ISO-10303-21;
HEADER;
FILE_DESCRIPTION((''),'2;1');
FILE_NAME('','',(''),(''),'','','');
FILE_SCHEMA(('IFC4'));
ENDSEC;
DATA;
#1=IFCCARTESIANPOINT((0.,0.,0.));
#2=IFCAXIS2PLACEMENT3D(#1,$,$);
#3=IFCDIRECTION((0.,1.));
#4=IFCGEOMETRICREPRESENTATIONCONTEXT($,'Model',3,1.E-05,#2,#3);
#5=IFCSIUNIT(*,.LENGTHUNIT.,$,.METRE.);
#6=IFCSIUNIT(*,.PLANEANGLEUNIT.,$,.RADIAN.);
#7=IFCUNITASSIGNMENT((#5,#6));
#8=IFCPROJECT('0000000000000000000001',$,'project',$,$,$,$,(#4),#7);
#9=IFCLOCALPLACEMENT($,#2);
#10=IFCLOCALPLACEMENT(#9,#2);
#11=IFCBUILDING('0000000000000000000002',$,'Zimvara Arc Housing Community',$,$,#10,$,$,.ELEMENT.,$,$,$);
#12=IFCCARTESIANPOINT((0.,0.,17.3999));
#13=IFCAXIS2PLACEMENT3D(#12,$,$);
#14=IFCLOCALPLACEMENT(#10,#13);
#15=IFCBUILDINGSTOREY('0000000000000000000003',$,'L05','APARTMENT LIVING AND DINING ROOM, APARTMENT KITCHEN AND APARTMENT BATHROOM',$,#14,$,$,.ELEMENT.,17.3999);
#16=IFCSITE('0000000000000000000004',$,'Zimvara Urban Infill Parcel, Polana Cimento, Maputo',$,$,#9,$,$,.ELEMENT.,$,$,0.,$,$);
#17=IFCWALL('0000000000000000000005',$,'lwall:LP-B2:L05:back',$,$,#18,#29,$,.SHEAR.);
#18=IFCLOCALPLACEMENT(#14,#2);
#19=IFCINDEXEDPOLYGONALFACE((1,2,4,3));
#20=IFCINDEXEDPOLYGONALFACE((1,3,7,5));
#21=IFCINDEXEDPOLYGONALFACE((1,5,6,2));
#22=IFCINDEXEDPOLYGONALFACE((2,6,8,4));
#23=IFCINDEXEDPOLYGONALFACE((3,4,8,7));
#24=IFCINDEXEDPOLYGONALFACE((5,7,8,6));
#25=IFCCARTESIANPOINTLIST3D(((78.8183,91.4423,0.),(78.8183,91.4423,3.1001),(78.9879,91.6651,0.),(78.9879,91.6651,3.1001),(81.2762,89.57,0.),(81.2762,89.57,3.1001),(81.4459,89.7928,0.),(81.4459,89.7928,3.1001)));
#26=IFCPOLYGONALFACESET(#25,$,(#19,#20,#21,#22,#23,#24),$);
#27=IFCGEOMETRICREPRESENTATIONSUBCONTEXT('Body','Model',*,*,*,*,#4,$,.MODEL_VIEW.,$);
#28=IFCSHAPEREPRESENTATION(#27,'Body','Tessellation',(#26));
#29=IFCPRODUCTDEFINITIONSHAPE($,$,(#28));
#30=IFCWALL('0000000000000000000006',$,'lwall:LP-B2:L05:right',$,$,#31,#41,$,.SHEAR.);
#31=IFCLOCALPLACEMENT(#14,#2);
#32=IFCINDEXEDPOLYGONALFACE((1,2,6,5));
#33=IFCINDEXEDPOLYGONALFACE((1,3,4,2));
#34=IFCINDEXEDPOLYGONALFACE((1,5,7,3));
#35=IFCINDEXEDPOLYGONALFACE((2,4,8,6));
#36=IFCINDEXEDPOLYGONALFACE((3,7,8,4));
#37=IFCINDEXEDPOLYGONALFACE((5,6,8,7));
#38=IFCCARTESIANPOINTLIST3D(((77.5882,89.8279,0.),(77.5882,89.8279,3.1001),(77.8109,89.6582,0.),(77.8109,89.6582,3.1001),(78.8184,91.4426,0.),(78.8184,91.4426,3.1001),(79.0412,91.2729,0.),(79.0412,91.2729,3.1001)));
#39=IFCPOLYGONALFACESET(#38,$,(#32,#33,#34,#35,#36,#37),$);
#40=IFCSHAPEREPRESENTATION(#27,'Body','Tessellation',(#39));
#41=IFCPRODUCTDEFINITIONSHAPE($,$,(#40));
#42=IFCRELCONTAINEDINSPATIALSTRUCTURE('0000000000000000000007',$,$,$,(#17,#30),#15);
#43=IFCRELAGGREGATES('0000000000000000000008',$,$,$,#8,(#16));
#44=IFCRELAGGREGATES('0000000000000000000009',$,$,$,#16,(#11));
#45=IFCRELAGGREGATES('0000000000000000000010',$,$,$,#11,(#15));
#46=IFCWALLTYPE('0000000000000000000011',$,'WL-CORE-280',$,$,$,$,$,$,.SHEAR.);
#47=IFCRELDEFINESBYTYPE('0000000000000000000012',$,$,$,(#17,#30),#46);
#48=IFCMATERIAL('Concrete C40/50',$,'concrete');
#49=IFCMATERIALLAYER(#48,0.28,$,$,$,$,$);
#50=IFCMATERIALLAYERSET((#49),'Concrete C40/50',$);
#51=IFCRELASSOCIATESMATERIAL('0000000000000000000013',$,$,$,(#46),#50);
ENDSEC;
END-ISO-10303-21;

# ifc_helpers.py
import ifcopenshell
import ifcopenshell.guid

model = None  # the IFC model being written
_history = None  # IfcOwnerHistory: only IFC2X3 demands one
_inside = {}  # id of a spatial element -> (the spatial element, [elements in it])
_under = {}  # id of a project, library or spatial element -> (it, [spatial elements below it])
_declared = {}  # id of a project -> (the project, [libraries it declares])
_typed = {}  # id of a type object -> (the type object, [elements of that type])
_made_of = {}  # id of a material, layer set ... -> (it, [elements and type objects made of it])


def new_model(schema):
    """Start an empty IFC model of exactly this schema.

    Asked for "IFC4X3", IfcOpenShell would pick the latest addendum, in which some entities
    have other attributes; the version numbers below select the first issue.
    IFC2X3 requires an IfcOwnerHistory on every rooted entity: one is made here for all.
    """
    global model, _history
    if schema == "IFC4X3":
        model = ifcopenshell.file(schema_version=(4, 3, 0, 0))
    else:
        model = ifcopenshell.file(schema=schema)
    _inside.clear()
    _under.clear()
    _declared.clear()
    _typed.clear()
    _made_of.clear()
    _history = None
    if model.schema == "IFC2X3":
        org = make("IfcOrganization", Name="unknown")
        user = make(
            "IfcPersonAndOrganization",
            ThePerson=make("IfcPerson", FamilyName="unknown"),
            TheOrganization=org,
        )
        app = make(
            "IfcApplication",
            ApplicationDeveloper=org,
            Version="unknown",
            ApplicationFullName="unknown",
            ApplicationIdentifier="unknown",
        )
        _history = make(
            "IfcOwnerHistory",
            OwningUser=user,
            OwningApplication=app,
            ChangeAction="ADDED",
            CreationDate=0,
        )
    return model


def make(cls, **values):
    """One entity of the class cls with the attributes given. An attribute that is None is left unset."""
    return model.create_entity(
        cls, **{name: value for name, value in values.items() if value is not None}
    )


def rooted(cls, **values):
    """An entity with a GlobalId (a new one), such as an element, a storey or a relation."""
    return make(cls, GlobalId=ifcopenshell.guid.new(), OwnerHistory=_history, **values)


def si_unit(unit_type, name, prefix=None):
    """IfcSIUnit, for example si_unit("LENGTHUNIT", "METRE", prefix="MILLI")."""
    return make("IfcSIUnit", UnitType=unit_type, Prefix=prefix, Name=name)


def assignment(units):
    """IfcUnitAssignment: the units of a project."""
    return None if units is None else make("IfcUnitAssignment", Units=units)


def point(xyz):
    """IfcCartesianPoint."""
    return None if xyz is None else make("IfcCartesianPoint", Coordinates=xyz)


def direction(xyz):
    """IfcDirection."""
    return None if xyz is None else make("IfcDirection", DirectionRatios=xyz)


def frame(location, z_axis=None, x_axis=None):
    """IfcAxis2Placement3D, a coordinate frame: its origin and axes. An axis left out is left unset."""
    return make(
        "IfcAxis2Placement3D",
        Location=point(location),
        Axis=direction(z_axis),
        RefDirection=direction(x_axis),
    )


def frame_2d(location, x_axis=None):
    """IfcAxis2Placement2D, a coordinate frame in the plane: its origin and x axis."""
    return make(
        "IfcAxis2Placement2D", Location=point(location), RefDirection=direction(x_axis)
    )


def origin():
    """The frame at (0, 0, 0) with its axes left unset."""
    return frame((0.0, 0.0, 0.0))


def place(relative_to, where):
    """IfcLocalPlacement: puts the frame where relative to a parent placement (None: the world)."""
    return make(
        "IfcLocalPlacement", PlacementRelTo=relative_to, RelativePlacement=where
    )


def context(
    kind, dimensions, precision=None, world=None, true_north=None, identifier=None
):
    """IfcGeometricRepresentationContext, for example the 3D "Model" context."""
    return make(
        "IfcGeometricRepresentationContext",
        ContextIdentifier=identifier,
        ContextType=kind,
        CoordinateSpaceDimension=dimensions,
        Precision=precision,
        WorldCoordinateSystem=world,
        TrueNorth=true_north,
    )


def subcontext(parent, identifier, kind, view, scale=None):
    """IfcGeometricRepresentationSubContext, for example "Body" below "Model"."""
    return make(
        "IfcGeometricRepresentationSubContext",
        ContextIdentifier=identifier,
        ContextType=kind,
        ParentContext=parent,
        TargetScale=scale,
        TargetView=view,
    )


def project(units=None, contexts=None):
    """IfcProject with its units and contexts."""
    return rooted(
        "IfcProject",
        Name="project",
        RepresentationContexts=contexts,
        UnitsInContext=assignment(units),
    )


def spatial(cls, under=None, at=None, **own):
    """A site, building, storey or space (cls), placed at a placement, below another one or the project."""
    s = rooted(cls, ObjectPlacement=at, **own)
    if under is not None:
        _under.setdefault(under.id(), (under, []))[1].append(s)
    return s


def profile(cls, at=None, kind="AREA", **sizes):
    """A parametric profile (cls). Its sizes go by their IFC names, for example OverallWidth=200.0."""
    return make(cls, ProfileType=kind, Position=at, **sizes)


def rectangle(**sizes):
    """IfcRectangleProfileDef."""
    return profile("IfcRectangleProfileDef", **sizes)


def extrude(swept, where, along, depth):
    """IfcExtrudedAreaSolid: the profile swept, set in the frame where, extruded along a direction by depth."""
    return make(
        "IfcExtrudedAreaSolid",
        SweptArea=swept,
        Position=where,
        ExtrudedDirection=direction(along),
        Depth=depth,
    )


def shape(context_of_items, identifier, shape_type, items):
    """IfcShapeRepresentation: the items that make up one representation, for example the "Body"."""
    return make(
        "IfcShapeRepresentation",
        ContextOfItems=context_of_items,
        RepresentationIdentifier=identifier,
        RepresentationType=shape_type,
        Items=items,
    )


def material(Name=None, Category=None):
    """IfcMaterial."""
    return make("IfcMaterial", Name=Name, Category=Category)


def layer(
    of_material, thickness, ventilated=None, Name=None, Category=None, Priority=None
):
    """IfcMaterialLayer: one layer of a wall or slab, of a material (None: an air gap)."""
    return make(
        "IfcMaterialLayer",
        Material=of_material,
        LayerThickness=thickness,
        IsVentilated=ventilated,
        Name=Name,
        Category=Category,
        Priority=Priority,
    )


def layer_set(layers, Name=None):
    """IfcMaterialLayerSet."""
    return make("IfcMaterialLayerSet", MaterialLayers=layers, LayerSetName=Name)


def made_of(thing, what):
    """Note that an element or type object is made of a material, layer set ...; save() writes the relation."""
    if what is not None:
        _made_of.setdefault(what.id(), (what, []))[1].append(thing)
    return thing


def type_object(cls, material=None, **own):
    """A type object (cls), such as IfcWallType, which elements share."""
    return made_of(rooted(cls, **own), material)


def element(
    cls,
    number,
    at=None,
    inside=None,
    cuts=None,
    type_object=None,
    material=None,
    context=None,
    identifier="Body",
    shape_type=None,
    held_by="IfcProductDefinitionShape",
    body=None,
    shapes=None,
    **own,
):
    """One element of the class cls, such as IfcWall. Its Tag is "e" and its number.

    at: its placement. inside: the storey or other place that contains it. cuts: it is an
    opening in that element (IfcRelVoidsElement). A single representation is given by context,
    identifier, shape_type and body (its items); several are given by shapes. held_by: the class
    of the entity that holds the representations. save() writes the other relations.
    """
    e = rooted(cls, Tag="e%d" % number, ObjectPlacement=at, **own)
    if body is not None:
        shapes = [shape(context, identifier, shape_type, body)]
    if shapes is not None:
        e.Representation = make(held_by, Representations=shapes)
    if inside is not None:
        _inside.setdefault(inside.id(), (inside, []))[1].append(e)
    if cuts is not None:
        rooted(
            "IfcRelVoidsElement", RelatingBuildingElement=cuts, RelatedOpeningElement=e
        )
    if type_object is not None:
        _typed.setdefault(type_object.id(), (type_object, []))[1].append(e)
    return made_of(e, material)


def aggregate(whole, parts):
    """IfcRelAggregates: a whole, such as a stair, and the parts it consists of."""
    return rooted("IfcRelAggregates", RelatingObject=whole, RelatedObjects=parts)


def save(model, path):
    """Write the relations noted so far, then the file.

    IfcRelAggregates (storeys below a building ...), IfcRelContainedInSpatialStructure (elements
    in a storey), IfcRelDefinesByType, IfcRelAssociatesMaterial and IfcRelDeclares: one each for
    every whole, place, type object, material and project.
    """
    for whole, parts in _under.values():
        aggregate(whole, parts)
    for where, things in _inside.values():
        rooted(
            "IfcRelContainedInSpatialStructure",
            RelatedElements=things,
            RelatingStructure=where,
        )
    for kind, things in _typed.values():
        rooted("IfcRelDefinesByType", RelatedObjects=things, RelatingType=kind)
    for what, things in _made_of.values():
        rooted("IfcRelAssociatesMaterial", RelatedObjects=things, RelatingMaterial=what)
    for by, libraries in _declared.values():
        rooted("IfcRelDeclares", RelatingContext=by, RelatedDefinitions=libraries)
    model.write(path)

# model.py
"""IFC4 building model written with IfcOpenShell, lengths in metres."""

from ifc_helpers import new_model, si_unit, direction, frame, frame_2d, origin, place, context, subcontext, project, spatial, rectangle, extrude, material, layer, layer_set, type_object, element, save


model = new_model("IFC4")

# Units and contexts
model_context = context("Model", 3, precision=1e-05, world=origin(), true_north=direction((0.0, 1.0)))
body_context = subcontext(model_context, "Body", "Model", "MODEL_VIEW")
ifc_project = project(units=[si_unit("LENGTHUNIT", "METRE"), si_unit("PLANEANGLEUNIT", "RADIAN")], contexts=[model_context])

# Site, building, storey
site_placement = place(None, origin())
site = spatial("IfcSite", under=ifc_project, at=site_placement, Name="Zimvara Urban Infill Parcel, Polana Cimento, Maputo", CompositionType="ELEMENT", RefElevation=0.0)
building_placement = place(site_placement, origin())
building = spatial("IfcBuilding", under=site, at=building_placement, Name="Zimvara Arc Housing Community", CompositionType="ELEMENT")
storey_placement = place(building_placement, frame((0.0, 0.0, 17.3999)))
storey = spatial("IfcBuildingStorey", under=building, at=storey_placement, Name="L05", Description="APARTMENT LIVING AND DINING ROOM, APARTMENT KITCHEN AND APARTMENT BATHROOM", CompositionType="ELEMENT", Elevation=17.3999)

# Walls
ifc_material_1 = material(Name="Concrete C40/50", Category="concrete")
ifc_layer_1 = layer(ifc_material_1, 0.28)
ifc_layer_set_1 = layer_set([ifc_layer_1], Name="Concrete C40/50")
wall_type_1 = type_object("IfcWallType", Name="WL-CORE-280", PredefinedType="SHEAR", material=ifc_layer_set_1)
wall_1_placement = place(storey_placement, frame((81.3611, 89.6814, 0.0), z_axis=(0.0, 0.0, 1.0), x_axis=(-0.795502, 0.60595, 0.0)))
element("IfcWall", 1, at=wall_1_placement, inside=storey, type_object=wall_type_1, Name="lwall:LP-B2:L05:back", PredefinedType="SHEAR", context=body_context, shape_type="SweptSolid", body=[
    extrude(rectangle(XDim=3.0898, YDim=0.28, at=frame_2d((1.5449, 0.0))), origin(), (0.0, 0.0, 1.0), 3.1001),
])
wall_2_placement = place(storey_placement, frame((77.6995, 89.7429, 0.0), z_axis=(0.0, 0.0, 1.0), x_axis=(0.606025, 0.795446, 0.0)))
element("IfcWall", 2, at=wall_2_placement, inside=storey, type_object=wall_type_1, Name="lwall:LP-B2:L05:right", PredefinedType="SHEAR", context=body_context, shape_type="SweptSolid", body=[
    extrude(rectangle(XDim=2.03, YDim=0.28, at=frame_2d((1.0151, 0.0))), origin(), (0.0, 0.0, 1.0), 3.1001),
])

save(model, "model.ifc")
